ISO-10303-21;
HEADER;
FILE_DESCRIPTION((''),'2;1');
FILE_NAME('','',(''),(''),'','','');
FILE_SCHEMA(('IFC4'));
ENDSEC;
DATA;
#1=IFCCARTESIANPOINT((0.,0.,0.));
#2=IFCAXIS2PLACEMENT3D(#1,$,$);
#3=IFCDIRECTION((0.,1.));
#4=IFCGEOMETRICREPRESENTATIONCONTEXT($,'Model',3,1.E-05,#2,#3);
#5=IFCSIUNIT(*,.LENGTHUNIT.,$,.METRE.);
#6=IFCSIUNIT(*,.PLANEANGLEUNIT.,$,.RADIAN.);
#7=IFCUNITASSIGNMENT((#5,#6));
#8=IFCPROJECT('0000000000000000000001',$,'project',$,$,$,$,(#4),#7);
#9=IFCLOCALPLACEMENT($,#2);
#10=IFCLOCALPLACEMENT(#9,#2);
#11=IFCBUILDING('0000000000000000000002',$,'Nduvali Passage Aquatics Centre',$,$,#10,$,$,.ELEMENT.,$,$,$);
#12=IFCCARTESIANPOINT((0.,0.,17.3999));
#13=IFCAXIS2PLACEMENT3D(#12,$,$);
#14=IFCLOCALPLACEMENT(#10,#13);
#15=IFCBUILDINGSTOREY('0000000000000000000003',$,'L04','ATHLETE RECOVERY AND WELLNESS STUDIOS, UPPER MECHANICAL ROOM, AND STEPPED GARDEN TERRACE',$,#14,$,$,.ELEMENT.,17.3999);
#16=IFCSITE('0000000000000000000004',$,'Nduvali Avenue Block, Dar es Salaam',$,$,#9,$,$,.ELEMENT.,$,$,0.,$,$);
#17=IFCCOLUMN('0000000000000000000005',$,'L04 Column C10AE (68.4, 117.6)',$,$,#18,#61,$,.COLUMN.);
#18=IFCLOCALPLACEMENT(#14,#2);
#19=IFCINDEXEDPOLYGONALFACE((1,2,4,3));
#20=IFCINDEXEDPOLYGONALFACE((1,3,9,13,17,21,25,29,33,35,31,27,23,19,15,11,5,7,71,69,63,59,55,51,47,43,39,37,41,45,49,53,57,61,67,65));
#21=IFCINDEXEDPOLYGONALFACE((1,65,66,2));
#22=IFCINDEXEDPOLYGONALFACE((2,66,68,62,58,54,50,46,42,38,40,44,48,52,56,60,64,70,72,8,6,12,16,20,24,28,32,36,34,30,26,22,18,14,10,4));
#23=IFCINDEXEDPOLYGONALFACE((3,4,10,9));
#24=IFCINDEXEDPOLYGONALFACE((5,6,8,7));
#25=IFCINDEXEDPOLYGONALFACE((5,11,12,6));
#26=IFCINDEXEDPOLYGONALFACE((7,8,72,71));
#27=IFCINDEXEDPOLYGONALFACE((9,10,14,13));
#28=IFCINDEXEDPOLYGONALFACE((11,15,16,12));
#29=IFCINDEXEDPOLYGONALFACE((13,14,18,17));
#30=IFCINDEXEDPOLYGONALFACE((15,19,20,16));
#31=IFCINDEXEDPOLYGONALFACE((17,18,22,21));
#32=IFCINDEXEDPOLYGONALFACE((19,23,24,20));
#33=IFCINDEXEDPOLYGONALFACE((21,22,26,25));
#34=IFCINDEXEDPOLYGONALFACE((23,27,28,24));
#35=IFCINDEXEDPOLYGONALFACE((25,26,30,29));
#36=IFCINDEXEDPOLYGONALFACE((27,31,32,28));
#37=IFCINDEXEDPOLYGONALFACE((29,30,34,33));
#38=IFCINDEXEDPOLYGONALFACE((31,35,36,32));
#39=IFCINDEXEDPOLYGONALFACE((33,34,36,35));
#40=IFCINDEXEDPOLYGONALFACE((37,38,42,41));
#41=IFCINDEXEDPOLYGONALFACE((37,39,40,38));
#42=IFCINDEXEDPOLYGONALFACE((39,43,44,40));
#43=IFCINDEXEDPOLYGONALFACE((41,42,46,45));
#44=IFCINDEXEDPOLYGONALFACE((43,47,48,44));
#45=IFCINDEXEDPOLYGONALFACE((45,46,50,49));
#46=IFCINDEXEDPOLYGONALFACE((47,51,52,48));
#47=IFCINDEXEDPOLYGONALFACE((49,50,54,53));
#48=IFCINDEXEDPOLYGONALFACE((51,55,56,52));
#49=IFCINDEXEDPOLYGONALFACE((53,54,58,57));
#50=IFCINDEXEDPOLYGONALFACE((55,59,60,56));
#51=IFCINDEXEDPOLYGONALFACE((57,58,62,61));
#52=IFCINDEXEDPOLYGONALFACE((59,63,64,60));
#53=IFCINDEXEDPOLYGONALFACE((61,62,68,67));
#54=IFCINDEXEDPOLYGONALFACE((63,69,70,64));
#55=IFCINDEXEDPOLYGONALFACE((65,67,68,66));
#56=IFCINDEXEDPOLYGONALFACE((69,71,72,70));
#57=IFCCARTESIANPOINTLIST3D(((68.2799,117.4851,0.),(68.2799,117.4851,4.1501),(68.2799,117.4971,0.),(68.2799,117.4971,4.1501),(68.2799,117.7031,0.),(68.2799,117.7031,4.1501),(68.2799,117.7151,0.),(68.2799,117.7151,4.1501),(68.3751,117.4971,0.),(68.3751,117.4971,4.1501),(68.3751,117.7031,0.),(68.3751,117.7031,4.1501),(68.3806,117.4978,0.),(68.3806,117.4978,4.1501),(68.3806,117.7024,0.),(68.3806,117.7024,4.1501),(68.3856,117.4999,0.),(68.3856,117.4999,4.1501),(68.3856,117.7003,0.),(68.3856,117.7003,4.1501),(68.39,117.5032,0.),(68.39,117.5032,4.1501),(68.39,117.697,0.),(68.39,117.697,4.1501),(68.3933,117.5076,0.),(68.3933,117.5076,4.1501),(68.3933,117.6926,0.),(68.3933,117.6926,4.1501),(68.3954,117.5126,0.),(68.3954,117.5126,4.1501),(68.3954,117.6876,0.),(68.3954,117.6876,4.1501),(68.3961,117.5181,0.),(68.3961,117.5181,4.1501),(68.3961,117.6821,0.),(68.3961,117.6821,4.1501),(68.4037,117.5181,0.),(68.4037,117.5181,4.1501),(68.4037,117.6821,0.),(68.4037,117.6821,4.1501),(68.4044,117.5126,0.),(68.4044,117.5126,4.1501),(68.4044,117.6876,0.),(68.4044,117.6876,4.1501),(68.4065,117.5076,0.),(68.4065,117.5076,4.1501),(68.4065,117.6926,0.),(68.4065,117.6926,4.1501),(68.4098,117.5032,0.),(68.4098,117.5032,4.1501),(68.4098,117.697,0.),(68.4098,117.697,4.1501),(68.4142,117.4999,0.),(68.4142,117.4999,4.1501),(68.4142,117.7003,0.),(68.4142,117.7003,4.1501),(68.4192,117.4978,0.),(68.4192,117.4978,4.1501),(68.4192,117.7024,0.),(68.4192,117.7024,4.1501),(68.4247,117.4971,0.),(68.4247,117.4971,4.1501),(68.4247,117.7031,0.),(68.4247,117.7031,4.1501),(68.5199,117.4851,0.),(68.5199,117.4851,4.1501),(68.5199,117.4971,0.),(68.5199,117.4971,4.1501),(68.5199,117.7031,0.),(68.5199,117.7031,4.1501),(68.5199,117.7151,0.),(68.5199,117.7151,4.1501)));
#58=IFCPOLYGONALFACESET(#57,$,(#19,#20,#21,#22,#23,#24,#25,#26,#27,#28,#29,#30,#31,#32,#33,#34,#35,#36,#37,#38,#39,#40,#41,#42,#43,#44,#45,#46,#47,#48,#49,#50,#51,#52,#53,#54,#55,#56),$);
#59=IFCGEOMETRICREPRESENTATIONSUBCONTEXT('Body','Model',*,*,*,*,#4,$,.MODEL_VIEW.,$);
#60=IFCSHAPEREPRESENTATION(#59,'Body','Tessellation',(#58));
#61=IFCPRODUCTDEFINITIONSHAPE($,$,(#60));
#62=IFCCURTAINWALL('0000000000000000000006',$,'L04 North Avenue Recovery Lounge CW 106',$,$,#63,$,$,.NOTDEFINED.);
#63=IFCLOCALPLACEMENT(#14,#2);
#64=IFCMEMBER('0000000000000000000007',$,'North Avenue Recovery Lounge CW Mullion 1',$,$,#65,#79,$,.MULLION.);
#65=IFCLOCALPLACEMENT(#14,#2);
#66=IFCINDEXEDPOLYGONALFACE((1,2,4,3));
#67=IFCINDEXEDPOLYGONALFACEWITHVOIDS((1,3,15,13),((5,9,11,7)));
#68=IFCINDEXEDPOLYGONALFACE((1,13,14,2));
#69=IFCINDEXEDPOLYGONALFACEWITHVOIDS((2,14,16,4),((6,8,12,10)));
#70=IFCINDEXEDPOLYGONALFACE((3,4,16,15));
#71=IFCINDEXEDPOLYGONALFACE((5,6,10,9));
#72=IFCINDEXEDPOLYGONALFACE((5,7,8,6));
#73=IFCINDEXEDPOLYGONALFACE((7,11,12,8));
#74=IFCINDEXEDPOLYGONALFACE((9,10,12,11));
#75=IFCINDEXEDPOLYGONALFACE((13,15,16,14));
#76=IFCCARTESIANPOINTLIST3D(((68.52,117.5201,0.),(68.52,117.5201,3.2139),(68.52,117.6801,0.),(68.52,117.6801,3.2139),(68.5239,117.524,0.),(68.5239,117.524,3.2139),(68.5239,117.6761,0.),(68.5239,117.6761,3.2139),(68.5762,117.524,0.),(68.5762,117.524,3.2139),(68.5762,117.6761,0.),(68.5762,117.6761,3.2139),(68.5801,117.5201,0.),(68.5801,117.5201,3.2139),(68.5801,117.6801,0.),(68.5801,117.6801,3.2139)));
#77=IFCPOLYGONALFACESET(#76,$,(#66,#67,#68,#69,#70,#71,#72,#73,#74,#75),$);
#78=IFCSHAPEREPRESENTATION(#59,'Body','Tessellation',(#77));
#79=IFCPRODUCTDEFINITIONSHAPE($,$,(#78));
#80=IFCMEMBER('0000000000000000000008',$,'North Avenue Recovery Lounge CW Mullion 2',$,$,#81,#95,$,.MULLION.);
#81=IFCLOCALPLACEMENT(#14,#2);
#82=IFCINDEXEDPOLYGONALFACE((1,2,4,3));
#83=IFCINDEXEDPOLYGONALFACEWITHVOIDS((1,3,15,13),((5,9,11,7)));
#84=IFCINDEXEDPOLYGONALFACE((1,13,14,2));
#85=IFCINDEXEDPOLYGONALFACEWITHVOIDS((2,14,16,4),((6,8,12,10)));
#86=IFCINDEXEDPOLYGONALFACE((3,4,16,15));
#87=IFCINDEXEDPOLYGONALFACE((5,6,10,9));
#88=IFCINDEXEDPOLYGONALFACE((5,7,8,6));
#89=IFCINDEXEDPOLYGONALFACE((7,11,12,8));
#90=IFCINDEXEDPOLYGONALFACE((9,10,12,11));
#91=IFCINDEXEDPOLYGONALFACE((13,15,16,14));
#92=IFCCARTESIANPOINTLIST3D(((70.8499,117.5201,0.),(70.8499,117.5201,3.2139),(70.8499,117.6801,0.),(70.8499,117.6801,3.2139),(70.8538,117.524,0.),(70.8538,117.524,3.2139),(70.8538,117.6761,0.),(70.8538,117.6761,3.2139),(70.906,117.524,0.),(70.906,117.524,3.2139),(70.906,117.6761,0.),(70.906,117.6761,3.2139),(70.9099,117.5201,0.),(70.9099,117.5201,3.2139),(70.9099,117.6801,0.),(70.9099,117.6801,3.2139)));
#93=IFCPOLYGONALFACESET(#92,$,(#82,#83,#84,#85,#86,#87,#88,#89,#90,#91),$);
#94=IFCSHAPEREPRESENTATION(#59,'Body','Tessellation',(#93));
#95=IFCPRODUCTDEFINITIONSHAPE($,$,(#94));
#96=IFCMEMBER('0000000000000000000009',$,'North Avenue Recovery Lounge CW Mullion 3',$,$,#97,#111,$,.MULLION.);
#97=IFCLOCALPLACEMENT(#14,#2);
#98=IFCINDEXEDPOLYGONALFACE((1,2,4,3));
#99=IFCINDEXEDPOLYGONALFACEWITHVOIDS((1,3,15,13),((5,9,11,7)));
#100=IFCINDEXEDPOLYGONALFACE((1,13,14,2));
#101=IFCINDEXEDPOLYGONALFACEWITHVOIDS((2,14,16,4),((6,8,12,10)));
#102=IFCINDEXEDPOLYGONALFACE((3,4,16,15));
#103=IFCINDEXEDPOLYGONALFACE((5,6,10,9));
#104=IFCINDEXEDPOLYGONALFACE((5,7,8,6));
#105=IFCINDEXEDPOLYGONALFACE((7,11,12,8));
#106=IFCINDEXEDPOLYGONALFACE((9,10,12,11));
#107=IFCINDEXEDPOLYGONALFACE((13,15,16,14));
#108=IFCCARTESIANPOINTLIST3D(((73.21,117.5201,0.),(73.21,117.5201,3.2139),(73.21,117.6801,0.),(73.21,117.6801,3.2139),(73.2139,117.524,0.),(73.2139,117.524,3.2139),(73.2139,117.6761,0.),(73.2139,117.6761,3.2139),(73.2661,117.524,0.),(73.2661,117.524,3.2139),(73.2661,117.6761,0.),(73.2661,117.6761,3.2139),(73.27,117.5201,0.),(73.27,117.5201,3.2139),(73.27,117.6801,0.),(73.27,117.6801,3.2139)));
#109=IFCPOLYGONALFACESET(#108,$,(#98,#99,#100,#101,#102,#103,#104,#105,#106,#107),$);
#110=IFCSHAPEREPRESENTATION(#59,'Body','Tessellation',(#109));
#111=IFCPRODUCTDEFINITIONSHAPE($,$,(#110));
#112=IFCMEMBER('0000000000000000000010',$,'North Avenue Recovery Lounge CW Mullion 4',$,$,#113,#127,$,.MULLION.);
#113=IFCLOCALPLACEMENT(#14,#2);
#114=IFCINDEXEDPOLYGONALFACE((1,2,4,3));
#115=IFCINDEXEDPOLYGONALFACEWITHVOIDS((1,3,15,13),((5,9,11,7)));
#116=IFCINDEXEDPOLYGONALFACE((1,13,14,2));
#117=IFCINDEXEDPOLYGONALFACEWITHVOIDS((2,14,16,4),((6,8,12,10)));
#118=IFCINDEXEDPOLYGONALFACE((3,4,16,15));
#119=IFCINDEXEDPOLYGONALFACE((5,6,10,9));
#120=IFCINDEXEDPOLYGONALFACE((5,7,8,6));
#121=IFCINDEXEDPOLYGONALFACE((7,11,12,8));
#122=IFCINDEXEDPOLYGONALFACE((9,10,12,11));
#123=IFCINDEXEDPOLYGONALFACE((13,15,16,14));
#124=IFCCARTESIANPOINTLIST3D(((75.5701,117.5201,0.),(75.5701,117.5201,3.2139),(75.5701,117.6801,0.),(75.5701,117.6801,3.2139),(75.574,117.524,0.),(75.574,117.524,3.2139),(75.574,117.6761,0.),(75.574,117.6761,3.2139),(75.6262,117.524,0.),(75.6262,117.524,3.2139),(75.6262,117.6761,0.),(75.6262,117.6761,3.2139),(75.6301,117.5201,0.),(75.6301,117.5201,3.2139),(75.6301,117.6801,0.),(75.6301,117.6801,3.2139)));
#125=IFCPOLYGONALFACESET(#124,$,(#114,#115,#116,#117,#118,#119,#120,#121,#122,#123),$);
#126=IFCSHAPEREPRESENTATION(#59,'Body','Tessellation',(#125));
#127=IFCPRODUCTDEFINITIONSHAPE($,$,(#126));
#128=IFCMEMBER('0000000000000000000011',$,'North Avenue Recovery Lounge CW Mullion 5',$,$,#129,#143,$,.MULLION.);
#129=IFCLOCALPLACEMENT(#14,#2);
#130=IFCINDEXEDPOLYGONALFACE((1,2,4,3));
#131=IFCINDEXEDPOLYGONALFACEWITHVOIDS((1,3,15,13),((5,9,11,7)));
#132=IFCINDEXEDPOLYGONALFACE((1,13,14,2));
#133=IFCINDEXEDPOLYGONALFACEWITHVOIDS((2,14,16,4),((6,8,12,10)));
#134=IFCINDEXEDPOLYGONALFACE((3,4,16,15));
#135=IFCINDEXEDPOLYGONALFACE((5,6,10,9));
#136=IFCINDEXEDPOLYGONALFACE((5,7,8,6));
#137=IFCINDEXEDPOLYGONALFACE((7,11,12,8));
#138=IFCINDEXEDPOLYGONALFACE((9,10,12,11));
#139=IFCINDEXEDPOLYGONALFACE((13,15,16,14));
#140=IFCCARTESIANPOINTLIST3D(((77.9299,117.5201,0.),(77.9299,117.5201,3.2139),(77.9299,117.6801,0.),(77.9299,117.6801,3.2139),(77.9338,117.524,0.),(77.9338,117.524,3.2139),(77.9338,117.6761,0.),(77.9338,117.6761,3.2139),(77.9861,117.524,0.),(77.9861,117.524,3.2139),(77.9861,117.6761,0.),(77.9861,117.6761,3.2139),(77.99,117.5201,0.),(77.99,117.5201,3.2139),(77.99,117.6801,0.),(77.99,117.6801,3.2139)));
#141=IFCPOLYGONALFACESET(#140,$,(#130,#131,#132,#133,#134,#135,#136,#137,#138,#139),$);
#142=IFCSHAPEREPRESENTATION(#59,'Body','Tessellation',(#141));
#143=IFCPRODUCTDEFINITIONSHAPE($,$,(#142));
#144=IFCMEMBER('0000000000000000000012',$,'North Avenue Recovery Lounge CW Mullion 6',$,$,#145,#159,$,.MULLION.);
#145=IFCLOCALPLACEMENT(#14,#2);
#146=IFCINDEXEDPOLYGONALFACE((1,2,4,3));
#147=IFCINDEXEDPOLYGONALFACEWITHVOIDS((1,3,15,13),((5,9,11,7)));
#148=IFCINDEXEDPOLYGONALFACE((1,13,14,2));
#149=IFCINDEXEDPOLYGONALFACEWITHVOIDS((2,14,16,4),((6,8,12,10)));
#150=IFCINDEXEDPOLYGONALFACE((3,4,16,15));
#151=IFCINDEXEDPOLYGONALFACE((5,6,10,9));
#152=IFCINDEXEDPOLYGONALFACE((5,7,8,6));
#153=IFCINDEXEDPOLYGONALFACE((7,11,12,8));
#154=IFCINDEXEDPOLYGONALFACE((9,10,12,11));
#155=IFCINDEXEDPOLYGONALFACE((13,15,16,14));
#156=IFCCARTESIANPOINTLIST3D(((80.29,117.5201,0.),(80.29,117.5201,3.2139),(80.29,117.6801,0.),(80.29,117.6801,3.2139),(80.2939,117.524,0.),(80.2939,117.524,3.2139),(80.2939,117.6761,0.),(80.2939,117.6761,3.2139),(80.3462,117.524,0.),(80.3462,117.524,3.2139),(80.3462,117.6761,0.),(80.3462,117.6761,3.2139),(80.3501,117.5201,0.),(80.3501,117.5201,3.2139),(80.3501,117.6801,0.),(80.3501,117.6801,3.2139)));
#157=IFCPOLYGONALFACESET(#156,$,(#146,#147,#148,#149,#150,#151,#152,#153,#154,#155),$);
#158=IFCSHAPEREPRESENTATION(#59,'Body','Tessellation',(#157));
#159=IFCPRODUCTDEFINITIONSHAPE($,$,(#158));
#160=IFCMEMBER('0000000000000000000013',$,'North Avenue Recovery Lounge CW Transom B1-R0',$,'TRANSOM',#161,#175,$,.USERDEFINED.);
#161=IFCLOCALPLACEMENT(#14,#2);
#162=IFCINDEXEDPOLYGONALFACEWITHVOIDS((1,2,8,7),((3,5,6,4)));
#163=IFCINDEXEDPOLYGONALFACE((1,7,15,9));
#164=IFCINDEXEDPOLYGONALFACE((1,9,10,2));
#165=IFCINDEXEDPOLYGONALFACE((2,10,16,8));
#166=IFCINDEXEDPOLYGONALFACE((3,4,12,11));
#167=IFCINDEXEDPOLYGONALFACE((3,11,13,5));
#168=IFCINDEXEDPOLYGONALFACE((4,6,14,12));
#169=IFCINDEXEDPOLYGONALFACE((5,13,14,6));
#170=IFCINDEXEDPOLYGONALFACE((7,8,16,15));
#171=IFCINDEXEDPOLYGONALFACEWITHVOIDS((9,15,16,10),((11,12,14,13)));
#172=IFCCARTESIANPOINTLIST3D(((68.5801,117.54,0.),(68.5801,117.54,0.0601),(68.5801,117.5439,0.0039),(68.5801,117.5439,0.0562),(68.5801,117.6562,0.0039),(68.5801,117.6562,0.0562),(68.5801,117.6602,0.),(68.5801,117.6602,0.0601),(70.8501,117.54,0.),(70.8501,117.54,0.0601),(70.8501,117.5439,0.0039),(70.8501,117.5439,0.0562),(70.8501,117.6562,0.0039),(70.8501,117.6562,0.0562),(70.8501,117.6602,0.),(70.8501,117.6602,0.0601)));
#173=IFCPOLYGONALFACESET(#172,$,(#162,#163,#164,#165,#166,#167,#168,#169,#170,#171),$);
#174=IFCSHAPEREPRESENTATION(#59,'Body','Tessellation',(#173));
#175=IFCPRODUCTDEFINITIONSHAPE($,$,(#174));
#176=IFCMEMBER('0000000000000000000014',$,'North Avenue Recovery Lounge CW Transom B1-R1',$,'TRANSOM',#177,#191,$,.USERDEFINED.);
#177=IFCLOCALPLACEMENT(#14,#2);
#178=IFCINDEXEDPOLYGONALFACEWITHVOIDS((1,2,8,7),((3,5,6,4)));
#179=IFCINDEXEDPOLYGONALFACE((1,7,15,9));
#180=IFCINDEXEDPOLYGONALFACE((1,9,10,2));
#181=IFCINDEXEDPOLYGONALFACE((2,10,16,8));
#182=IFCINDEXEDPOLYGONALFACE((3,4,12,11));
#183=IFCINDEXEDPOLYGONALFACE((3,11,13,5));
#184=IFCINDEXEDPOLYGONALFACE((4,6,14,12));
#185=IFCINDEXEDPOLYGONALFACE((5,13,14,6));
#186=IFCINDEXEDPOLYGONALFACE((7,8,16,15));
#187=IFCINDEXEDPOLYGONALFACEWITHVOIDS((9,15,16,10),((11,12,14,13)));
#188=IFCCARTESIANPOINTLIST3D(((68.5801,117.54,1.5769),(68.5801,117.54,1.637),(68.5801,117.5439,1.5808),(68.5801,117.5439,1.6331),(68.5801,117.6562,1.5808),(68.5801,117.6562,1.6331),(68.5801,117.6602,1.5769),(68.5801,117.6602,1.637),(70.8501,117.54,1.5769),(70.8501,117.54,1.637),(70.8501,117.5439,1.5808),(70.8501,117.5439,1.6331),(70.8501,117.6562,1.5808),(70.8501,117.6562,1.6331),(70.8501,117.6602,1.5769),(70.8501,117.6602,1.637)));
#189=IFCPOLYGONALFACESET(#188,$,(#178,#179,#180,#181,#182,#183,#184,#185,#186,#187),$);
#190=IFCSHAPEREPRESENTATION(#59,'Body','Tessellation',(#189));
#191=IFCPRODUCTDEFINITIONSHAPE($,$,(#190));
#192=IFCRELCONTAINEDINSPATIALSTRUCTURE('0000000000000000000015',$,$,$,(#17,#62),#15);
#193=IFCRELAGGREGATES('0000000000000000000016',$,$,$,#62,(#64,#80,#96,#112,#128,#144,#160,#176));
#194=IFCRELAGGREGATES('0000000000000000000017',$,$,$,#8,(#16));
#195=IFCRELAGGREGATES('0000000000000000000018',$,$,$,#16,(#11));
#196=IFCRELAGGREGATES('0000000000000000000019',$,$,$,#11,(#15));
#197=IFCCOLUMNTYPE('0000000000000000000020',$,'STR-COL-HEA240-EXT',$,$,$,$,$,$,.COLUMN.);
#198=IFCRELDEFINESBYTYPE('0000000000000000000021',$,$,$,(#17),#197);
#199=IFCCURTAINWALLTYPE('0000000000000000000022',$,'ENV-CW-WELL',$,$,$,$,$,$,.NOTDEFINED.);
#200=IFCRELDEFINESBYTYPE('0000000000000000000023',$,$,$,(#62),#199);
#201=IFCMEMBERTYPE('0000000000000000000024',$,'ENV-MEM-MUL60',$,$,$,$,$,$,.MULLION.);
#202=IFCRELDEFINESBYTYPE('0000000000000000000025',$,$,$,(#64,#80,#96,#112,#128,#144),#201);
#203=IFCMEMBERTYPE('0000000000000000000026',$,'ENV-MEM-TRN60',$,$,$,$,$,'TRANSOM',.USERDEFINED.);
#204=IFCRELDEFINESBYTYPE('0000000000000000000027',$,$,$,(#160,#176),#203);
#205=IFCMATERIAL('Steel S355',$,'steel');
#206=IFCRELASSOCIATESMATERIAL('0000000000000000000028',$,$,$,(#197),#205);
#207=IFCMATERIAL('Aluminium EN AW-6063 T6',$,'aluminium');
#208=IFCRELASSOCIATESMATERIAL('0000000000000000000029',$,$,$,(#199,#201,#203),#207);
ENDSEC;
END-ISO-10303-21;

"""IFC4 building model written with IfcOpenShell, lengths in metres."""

from ifc_helpers import new_model, si_unit, direction, frame, origin, origin_2d, place, context, subcontext, project, spatial, hollow_rectangle, i_section, extrude, material, material_profile, profile_set, type_object, element, aggregate, save


model = new_model("IFC4")

# Units and contexts
model_context = context("Model", 3, precision=1e-05, world=origin(), true_north=direction((0.0, 1.0)))
body_context = subcontext(model_context, "Body", "Model", "MODEL_VIEW")
ifc_project = project(units=[si_unit("LENGTHUNIT", "METRE"), si_unit("PLANEANGLEUNIT", "RADIAN")], contexts=[model_context])

# Site, building, storey
site_placement = place(None, origin())
site = spatial("IfcSite", under=ifc_project, at=site_placement, Name="Nduvali Avenue Block, Dar es Salaam", CompositionType="ELEMENT", RefElevation=0.0)
building_placement = place(site_placement, origin())
building = spatial("IfcBuilding", under=site, at=building_placement, Name="Nduvali Passage Aquatics Centre", CompositionType="ELEMENT")
storey_placement = place(building_placement, frame((0.0, 0.0, 17.3999)))
storey = spatial("IfcBuildingStorey", under=building, at=storey_placement, Name="L04", Description="ATHLETE RECOVERY AND WELLNESS STUDIOS, UPPER MECHANICAL ROOM, AND STEPPED GARDEN TERRACE", CompositionType="ELEMENT", Elevation=17.3999)

# Column
ifc_material_1 = material(Name="Steel S355", Category="steel")
ifc_material_profile_1 = material_profile(ifc_material_1, i_section(OverallWidth=0.24, OverallDepth=0.23, WebThickness=0.0076, FlangeThickness=0.012, FilletRadius=0.021, at=origin_2d()), Name="HEA 240")
ifc_profile_set_1 = profile_set([ifc_material_profile_1], Name="Steel S355")
column_type = type_object("IfcColumnType", Name="STR-COL-HEA240-EXT", PredefinedType="COLUMN", material=ifc_profile_set_1)
column_placement = place(storey_placement, frame((68.3999, 117.6001, 0.0), z_axis=(0.0, 0.0, 1.0), x_axis=(1.0, 0.0, 0.0)))
element("IfcColumn", 1, at=column_placement, inside=storey, type_object=column_type, Name="L04 Column C10AE (68.4, 117.6)", PredefinedType="COLUMN", context=body_context, shape_type="SweptSolid", body=[
    extrude(i_section(OverallWidth=0.24, OverallDepth=0.23, WebThickness=0.0076, FlangeThickness=0.012, FilletRadius=0.021, at=origin_2d()), origin(), (0.0, 0.0, 1.0), 4.1501),
])

# Curtain wall, members
ifc_material_2 = material(Name="Aluminium EN AW-6063 T6", Category="aluminium")
curtain_wall_type = type_object("IfcCurtainWallType", Name="ENV-CW-WELL", PredefinedType="NOTDEFINED", material=ifc_material_2)
curtain_wall_placement = place(storey_placement, origin())
curtain_wall = element("IfcCurtainWall", 2, at=curtain_wall_placement, inside=storey, type_object=curtain_wall_type, Name="L04 North Avenue Recovery Lounge CW 106", PredefinedType="NOTDEFINED")
ifc_material_profile_2 = material_profile(ifc_material_2, hollow_rectangle(XDim=0.0601, YDim=0.1599, WallThickness=0.0039, at=origin_2d()), Name="ALU MULLION 60x160x4")
ifc_profile_set_2 = profile_set([ifc_material_profile_2], Name="Aluminium EN AW-6063 T6")
member_type_1 = type_object("IfcMemberType", Name="ENV-MEM-MUL60", PredefinedType="MULLION", material=ifc_profile_set_2)
member_1_placement = place(storey_placement, frame((68.55, 117.6001, 0.0), z_axis=(0.0, 0.0, 1.0), x_axis=(1.0, 0.0, 0.0)))
member_1 = element("IfcMember", 3, at=member_1_placement, type_object=member_type_1, Name="North Avenue Recovery Lounge CW Mullion 1", PredefinedType="MULLION", context=body_context, shape_type="SweptSolid", body=[
    extrude(hollow_rectangle(XDim=0.0601, YDim=0.1599, WallThickness=0.0039, at=origin_2d()), origin(), (0.0, 0.0, 1.0), 3.2139),
])
member_2_placement = place(storey_placement, frame((70.8799, 117.6001, 0.0), z_axis=(0.0, 0.0, 1.0), x_axis=(1.0, 0.0, 0.0)))
member_2 = element("IfcMember", 4, at=member_2_placement, type_object=member_type_1, Name="North Avenue Recovery Lounge CW Mullion 2", PredefinedType="MULLION", context=body_context, shape_type="SweptSolid", body=[
    extrude(hollow_rectangle(XDim=0.0601, YDim=0.1599, WallThickness=0.0039, at=origin_2d()), origin(), (0.0, 0.0, 1.0), 3.2139),
])
member_3_placement = place(storey_placement, frame((73.24, 117.6001, 0.0), z_axis=(0.0, 0.0, 1.0), x_axis=(1.0, 0.0, 0.0)))
member_3 = element("IfcMember", 5, at=member_3_placement, type_object=member_type_1, Name="North Avenue Recovery Lounge CW Mullion 3", PredefinedType="MULLION", context=body_context, shape_type="SweptSolid", body=[
    extrude(hollow_rectangle(XDim=0.0601, YDim=0.1599, WallThickness=0.0039, at=origin_2d()), origin(), (0.0, 0.0, 1.0), 3.2139),
])
member_4_placement = place(storey_placement, frame((75.6001, 117.6001, 0.0), z_axis=(0.0, 0.0, 1.0), x_axis=(1.0, 0.0, 0.0)))
member_4 = element("IfcMember", 6, at=member_4_placement, type_object=member_type_1, Name="North Avenue Recovery Lounge CW Mullion 4", PredefinedType="MULLION", context=body_context, shape_type="SweptSolid", body=[
    extrude(hollow_rectangle(XDim=0.0601, YDim=0.1599, WallThickness=0.0039, at=origin_2d()), origin(), (0.0, 0.0, 1.0), 3.2139),
])
member_5_placement = place(storey_placement, frame((77.96, 117.6001, 0.0), z_axis=(0.0, 0.0, 1.0), x_axis=(1.0, 0.0, 0.0)))
member_5 = element("IfcMember", 7, at=member_5_placement, type_object=member_type_1, Name="North Avenue Recovery Lounge CW Mullion 5", PredefinedType="MULLION", context=body_context, shape_type="SweptSolid", body=[
    extrude(hollow_rectangle(XDim=0.0601, YDim=0.1599, WallThickness=0.0039, at=origin_2d()), origin(), (0.0, 0.0, 1.0), 3.2139),
])
member_6_placement = place(storey_placement, frame((80.3201, 117.6001, 0.0), z_axis=(0.0, 0.0, 1.0), x_axis=(1.0, 0.0, 0.0)))
member_6 = element("IfcMember", 8, at=member_6_placement, type_object=member_type_1, Name="North Avenue Recovery Lounge CW Mullion 6", PredefinedType="MULLION", context=body_context, shape_type="SweptSolid", body=[
    extrude(hollow_rectangle(XDim=0.0601, YDim=0.1599, WallThickness=0.0039, at=origin_2d()), origin(), (0.0, 0.0, 1.0), 3.2139),
])
ifc_material_profile_3 = material_profile(ifc_material_2, hollow_rectangle(XDim=0.1201, YDim=0.0601, WallThickness=0.0039, at=origin_2d()), Name="ALU TRANSOM 120x60x4")
ifc_profile_set_3 = profile_set([ifc_material_profile_3], Name="Aluminium EN AW-6063 T6")
member_type_2 = type_object("IfcMemberType", Name="ENV-MEM-TRN60", ElementType="TRANSOM", PredefinedType="USERDEFINED", material=ifc_profile_set_3)
member_7_placement = place(storey_placement, frame((68.5801, 117.6001, 0.03), z_axis=(1.0, 0.0, 0.0), x_axis=(0.0, 1.0, 0.0)))
member_7 = element("IfcMember", 9, at=member_7_placement, type_object=member_type_2, Name="North Avenue Recovery Lounge CW Transom B1-R0", ObjectType="TRANSOM", PredefinedType="USERDEFINED", context=body_context, shape_type="SweptSolid", body=[
    extrude(hollow_rectangle(XDim=0.1201, YDim=0.0601, WallThickness=0.0039, at=origin_2d()), origin(), (0.0, 0.0, 1.0), 2.27),
])
member_8_placement = place(storey_placement, frame((68.5801, 117.6001, 1.6069), z_axis=(1.0, 0.0, 0.0), x_axis=(0.0, 1.0, 0.0)))
member_8 = element("IfcMember", 10, at=member_8_placement, type_object=member_type_2, Name="North Avenue Recovery Lounge CW Transom B1-R1", ObjectType="TRANSOM", PredefinedType="USERDEFINED", context=body_context, shape_type="SweptSolid", body=[
    extrude(hollow_rectangle(XDim=0.1201, YDim=0.0601, WallThickness=0.0039, at=origin_2d()), origin(), (0.0, 0.0, 1.0), 2.27),
])

aggregate(curtain_wall, [member_1, member_2, member_3, member_4, member_5, member_6, member_7, member_8])

save(model, "model.ifc")
